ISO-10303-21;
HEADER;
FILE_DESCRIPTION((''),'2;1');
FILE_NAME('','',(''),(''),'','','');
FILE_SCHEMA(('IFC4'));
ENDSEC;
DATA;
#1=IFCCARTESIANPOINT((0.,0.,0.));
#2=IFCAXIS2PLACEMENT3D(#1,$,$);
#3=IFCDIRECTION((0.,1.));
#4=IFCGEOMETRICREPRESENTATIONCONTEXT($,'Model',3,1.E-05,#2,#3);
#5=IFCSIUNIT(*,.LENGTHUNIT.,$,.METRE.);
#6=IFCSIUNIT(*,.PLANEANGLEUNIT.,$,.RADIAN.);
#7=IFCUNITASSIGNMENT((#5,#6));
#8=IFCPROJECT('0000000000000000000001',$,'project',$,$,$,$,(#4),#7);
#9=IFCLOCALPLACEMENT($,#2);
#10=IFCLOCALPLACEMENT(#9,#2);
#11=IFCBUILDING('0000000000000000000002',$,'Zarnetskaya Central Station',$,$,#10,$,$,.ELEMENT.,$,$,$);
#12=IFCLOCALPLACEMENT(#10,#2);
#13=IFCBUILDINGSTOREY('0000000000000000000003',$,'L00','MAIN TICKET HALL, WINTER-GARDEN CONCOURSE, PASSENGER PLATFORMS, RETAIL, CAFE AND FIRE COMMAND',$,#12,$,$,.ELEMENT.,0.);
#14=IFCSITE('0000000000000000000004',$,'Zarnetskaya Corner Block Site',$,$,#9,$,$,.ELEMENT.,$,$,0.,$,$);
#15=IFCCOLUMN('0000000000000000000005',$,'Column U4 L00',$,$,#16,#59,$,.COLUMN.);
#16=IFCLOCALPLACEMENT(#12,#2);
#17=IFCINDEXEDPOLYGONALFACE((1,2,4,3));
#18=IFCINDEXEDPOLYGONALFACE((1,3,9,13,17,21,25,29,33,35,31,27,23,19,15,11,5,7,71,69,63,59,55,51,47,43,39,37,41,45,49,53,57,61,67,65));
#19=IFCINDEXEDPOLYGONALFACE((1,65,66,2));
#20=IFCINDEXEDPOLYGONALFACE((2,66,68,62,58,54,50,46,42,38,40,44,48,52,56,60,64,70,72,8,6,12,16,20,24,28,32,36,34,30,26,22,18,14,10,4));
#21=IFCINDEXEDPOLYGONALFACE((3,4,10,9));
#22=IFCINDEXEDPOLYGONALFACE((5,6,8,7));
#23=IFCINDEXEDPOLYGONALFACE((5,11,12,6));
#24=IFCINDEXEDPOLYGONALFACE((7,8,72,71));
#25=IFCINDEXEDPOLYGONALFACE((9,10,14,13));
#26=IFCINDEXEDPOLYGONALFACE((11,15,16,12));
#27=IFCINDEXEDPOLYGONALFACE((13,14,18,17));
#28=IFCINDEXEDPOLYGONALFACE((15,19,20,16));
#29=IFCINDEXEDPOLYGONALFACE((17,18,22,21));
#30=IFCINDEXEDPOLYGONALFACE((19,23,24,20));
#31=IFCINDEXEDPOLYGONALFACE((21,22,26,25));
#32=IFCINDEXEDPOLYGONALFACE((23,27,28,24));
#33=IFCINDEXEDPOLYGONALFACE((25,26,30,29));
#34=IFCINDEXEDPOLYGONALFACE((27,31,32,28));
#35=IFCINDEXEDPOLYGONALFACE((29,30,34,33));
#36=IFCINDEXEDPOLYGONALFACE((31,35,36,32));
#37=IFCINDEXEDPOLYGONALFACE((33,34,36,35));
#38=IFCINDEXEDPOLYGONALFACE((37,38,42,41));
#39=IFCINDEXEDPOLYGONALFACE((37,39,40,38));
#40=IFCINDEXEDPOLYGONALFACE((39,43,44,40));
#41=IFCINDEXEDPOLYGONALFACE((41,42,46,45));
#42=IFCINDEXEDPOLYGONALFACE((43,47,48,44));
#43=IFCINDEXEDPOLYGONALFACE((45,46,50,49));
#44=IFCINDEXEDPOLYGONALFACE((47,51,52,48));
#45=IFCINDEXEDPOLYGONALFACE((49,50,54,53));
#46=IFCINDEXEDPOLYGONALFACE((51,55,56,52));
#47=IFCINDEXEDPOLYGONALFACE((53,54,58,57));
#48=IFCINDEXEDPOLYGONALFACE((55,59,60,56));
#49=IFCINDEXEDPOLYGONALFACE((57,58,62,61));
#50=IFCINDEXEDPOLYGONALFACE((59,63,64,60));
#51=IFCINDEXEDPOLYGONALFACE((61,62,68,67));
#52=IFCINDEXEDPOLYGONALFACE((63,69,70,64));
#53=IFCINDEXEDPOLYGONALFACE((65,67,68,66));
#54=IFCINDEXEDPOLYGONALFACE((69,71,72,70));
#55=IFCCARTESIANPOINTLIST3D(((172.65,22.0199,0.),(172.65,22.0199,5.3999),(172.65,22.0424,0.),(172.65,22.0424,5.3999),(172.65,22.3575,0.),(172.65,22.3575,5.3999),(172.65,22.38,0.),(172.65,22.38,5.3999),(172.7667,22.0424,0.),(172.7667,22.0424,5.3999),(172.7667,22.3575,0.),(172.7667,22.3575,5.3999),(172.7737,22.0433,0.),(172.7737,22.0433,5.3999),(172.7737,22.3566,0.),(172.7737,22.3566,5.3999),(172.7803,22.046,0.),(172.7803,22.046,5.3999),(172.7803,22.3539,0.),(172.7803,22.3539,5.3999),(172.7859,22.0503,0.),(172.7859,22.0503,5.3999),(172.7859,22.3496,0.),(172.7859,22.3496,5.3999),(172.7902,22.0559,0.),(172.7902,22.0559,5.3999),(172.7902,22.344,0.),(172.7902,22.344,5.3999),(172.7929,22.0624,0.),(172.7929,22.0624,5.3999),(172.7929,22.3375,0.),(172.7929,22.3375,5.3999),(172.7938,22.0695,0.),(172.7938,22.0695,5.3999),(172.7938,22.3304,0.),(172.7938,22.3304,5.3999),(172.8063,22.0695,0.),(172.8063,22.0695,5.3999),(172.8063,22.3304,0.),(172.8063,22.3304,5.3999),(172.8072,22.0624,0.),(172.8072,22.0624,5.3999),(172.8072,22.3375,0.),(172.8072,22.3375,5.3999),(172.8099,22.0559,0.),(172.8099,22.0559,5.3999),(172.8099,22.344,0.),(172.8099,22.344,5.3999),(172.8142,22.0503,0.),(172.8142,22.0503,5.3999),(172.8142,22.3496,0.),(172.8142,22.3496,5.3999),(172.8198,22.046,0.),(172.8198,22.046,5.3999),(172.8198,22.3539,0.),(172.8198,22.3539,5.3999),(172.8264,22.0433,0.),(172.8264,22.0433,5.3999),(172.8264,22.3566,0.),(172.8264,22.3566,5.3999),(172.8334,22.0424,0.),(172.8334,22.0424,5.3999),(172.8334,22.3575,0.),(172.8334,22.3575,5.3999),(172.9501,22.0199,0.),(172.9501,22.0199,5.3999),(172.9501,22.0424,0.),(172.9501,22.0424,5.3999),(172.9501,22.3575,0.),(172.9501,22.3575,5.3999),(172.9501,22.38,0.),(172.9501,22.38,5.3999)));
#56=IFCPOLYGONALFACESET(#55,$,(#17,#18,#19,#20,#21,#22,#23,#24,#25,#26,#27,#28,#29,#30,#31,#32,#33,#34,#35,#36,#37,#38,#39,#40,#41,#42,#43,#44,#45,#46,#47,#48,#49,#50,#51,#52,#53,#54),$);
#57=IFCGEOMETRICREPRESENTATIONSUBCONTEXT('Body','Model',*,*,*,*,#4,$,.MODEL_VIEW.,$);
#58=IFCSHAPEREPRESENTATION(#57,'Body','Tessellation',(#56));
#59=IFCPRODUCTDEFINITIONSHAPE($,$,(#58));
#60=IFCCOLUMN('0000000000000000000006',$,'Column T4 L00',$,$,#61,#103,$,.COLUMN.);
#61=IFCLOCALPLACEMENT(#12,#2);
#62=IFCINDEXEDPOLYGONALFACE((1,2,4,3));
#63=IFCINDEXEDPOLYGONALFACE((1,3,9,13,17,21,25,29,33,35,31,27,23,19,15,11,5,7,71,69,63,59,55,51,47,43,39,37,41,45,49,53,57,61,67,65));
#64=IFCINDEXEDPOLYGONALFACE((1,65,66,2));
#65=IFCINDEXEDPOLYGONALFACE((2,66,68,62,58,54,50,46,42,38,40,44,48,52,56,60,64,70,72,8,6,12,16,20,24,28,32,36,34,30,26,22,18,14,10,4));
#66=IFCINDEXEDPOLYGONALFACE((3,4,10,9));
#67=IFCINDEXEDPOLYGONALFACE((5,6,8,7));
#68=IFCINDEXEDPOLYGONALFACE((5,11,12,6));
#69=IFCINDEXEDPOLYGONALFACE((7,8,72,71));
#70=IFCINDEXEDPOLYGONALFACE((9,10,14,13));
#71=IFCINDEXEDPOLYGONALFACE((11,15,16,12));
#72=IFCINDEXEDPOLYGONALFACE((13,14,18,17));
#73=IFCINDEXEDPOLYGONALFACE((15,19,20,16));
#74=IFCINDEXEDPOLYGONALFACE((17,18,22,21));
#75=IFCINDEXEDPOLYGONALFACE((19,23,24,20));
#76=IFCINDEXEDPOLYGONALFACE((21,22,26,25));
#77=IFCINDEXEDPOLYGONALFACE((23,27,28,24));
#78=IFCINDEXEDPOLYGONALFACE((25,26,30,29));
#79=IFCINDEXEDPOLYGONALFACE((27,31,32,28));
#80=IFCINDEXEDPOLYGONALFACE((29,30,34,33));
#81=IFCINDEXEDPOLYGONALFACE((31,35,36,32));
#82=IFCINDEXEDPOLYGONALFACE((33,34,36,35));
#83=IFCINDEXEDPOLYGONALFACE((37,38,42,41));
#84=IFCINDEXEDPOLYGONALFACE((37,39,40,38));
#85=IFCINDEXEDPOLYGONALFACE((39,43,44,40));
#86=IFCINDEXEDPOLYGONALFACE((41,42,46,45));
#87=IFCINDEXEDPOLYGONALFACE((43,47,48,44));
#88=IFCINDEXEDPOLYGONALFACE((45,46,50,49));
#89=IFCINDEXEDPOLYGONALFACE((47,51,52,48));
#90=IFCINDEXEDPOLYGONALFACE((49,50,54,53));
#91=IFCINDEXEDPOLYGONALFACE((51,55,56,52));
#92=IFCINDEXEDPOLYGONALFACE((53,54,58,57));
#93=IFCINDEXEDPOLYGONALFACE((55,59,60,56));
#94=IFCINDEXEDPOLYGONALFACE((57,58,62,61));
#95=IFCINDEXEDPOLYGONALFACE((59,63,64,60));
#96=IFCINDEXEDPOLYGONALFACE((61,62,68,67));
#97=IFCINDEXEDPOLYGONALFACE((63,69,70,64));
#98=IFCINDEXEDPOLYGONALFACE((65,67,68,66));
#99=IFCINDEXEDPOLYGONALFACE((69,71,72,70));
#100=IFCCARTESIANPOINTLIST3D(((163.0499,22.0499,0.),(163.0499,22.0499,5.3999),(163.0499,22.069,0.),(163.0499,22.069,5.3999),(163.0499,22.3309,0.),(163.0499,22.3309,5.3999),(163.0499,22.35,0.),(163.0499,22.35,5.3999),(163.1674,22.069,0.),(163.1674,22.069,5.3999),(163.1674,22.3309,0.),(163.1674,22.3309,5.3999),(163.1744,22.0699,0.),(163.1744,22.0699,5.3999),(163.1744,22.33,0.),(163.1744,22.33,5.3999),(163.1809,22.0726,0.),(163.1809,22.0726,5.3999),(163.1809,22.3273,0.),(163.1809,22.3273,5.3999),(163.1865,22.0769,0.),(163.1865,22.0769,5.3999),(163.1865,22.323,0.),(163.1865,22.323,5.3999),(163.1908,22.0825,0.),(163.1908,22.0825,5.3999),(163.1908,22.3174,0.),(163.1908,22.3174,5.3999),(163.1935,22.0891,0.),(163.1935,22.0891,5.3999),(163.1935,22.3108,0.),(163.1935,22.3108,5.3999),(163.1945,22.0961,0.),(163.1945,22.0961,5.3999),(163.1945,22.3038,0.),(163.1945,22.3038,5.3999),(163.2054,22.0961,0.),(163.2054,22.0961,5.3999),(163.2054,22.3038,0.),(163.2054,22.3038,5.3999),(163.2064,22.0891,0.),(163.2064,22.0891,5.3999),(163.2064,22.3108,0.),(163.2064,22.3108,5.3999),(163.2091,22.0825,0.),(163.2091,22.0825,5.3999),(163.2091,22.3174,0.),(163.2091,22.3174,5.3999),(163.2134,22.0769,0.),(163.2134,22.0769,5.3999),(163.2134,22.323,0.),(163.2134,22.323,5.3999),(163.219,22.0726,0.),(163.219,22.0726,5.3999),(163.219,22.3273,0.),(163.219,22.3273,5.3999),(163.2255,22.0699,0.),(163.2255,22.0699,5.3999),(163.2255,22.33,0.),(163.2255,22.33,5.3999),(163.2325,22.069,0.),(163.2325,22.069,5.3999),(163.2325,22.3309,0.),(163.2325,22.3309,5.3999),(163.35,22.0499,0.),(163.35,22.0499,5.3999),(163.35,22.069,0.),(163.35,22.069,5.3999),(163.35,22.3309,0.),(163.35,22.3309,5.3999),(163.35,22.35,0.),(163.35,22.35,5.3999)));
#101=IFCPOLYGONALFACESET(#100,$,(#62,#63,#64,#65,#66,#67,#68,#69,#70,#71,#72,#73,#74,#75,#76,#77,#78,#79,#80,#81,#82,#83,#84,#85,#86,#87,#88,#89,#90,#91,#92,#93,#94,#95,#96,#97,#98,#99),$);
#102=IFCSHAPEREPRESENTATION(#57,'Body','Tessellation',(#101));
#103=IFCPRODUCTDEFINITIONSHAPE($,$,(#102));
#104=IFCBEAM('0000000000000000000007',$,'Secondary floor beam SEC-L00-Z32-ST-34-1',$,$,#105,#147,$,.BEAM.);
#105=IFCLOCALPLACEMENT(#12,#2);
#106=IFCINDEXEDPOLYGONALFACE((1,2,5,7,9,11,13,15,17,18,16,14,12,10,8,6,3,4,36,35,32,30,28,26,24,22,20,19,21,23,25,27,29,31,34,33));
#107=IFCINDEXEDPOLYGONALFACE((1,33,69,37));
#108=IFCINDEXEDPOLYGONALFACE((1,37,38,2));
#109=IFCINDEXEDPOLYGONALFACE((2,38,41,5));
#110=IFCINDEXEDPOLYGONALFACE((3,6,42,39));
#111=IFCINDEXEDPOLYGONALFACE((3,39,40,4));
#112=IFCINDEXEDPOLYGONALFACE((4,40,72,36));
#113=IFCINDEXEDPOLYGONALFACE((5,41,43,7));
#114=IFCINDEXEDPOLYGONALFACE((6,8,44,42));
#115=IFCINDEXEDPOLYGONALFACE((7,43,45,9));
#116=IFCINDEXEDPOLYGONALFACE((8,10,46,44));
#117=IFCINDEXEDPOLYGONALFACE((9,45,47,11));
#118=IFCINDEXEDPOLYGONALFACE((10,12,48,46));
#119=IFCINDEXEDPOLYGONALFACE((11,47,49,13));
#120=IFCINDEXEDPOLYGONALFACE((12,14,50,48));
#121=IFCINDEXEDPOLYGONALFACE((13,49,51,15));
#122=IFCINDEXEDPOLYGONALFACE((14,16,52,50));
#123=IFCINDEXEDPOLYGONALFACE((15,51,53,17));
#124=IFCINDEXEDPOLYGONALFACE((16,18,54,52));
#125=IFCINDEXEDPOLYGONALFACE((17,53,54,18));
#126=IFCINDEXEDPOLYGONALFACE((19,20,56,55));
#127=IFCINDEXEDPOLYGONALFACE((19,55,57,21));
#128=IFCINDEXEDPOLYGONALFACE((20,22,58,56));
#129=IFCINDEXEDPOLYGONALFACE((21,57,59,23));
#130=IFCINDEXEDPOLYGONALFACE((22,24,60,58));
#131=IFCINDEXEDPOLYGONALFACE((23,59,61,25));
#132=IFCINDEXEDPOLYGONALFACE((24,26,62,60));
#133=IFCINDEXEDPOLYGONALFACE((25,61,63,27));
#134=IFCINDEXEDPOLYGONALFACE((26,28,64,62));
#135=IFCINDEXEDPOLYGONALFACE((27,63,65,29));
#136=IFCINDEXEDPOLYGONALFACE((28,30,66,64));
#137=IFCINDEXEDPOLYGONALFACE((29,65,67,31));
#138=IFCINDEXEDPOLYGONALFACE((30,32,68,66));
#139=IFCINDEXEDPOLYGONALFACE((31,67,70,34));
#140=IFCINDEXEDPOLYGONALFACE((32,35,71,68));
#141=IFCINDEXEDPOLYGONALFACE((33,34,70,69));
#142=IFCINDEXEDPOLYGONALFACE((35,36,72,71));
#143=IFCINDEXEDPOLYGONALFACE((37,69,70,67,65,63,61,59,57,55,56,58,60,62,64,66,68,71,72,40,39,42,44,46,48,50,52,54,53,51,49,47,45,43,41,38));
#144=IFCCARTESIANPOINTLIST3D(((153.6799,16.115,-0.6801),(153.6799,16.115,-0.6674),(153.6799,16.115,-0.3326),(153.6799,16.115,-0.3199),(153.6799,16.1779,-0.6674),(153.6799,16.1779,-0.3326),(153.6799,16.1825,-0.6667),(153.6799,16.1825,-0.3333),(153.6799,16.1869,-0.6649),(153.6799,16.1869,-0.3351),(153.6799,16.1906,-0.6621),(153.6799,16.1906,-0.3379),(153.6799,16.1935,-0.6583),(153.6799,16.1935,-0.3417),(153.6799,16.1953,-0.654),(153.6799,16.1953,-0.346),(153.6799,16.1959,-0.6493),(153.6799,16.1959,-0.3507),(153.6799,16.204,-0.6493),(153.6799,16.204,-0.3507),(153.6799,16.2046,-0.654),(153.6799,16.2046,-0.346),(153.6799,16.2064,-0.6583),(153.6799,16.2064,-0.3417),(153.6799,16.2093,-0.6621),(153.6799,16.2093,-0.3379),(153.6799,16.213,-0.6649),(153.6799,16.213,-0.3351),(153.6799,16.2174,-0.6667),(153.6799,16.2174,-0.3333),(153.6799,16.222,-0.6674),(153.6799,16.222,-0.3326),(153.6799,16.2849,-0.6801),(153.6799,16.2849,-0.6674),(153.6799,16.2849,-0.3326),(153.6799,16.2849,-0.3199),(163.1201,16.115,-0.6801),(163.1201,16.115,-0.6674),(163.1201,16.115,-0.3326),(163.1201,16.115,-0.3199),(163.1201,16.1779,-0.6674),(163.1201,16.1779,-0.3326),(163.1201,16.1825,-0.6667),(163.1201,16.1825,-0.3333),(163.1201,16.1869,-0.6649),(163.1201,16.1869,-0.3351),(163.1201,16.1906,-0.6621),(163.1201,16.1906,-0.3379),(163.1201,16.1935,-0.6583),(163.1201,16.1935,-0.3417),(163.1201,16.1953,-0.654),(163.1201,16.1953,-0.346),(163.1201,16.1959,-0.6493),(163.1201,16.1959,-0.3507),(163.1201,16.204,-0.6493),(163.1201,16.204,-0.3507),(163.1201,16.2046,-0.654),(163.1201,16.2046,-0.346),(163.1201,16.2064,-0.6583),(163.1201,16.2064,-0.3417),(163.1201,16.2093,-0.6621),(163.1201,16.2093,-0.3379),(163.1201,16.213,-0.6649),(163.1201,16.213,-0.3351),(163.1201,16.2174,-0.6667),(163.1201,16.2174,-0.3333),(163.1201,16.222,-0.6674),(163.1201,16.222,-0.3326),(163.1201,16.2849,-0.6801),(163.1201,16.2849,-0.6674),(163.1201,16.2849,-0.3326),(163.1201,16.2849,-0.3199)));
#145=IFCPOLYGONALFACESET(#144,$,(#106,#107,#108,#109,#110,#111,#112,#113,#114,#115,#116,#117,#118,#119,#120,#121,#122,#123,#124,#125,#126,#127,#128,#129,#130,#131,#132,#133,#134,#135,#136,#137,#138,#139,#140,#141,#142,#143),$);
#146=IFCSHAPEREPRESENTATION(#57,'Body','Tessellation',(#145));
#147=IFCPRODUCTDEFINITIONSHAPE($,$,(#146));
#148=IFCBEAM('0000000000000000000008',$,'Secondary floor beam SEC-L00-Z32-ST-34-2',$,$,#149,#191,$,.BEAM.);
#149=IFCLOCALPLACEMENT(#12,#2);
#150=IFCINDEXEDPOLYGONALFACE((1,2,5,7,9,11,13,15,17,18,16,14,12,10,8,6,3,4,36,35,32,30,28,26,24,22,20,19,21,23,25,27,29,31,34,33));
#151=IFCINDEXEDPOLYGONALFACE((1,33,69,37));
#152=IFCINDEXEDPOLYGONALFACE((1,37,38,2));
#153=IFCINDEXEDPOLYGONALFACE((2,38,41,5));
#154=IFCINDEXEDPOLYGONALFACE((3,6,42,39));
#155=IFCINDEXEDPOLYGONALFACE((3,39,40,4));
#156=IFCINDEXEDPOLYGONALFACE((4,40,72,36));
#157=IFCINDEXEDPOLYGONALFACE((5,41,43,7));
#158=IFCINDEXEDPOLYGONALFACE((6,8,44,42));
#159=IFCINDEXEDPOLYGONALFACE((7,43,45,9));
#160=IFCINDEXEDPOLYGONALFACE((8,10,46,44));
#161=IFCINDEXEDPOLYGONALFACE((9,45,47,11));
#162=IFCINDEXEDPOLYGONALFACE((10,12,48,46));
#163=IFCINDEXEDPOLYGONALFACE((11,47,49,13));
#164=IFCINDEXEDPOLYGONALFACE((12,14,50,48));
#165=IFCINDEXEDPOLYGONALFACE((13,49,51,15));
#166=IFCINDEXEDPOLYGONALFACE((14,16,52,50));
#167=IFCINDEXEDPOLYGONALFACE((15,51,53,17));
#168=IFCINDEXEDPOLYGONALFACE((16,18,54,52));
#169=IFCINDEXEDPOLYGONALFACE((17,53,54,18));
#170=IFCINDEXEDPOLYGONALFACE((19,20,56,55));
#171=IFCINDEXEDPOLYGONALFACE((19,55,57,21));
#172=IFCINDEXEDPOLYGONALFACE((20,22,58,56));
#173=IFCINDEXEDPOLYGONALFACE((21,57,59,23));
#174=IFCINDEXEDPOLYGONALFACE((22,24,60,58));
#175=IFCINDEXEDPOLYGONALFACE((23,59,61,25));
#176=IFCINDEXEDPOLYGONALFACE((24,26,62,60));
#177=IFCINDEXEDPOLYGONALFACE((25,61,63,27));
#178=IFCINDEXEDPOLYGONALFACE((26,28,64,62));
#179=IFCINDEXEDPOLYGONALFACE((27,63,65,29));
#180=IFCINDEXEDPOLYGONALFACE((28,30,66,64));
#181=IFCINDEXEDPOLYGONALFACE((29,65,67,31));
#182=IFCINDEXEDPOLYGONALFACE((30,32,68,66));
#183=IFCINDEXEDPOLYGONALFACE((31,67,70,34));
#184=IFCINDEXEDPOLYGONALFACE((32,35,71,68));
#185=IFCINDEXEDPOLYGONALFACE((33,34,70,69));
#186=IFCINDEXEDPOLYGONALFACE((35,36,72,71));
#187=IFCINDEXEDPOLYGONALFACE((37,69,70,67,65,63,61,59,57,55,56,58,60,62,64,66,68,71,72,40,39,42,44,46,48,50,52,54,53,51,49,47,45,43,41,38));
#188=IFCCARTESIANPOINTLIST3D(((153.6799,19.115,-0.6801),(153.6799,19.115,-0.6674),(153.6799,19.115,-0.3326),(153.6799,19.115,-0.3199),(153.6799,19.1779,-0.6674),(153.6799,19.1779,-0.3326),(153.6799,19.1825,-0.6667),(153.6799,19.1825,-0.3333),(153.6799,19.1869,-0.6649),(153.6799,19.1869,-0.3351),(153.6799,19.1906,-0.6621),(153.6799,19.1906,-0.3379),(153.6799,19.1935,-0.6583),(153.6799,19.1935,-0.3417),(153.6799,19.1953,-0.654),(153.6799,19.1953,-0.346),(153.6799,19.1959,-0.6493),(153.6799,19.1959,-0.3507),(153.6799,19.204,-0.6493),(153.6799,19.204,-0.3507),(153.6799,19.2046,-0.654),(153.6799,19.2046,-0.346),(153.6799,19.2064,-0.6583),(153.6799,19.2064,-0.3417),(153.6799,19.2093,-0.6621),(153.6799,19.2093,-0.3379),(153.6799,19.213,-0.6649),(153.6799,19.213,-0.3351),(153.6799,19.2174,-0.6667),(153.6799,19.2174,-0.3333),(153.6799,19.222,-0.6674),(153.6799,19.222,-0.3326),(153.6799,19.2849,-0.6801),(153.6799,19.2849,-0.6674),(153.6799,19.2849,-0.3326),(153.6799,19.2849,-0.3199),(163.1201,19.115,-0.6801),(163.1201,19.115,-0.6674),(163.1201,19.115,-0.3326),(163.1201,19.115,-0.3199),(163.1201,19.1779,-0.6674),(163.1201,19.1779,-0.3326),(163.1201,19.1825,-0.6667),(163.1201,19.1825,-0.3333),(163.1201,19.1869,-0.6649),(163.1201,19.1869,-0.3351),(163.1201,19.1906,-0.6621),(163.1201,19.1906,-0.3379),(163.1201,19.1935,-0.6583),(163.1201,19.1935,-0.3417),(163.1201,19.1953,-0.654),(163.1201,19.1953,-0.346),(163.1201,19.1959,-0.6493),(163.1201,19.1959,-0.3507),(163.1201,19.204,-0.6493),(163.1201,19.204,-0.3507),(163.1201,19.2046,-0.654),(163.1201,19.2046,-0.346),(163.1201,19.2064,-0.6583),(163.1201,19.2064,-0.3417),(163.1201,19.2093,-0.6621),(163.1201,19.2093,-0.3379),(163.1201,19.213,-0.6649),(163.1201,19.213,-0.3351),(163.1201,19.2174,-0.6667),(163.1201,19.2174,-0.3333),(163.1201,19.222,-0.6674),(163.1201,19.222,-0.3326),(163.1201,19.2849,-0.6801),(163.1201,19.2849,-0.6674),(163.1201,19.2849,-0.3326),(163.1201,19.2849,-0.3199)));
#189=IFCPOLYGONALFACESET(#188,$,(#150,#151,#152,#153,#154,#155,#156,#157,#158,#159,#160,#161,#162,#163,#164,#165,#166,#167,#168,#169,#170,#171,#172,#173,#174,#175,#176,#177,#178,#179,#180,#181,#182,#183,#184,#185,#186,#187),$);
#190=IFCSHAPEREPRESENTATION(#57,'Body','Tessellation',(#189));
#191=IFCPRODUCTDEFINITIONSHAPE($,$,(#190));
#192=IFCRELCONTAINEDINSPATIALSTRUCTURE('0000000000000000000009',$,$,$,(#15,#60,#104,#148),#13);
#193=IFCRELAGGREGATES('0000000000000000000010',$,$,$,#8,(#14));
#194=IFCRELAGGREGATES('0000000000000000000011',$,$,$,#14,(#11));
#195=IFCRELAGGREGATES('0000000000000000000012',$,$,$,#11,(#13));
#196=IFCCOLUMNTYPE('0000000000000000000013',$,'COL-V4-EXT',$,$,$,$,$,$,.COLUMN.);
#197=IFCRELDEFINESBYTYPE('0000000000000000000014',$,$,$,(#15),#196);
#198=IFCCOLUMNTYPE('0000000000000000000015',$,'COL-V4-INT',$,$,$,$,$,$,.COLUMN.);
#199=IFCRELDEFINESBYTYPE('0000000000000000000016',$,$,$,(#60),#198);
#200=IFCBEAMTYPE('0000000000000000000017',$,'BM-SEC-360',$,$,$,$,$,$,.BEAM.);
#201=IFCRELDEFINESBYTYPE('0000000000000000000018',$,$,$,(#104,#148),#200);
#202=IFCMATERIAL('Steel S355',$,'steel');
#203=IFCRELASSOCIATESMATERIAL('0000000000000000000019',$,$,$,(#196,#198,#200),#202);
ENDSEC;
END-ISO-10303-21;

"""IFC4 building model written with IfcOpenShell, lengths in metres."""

from ifc_helpers import new_model, si_unit, direction, frame, origin, origin_2d, place, context, subcontext, project, spatial, i_section, extrude, material, material_profile, profile_set, type_object, element, save


model = new_model("IFC4")

# Units and contexts
model_context = context("Model", 3, precision=1e-05, world=origin(), true_north=direction((0.0, 1.0)))
body_context = subcontext(model_context, "Body", "Model", "MODEL_VIEW")
ifc_project = project(units=[si_unit("LENGTHUNIT", "METRE"), si_unit("PLANEANGLEUNIT", "RADIAN")], contexts=[model_context])

# Site, building, storey
site_placement = place(None, origin())
site = spatial("IfcSite", under=ifc_project, at=site_placement, Name="Zarnetskaya Corner Block Site", CompositionType="ELEMENT", RefElevation=0.0)
building_placement = place(site_placement, origin())
building = spatial("IfcBuilding", under=site, at=building_placement, Name="Zarnetskaya Central Station", CompositionType="ELEMENT")
storey_placement = place(building_placement, origin())
storey = spatial("IfcBuildingStorey", under=building, at=storey_placement, Name="L00", Description="MAIN TICKET HALL, WINTER-GARDEN CONCOURSE, PASSENGER PLATFORMS, RETAIL, CAFE AND FIRE COMMAND", CompositionType="ELEMENT", Elevation=0.0)

# Columns
ifc_material_1 = material(Name="Steel S355", Category="steel")
ifc_material_profile_1 = material_profile(ifc_material_1, i_section(OverallWidth=0.3, OverallDepth=0.3601, WebThickness=0.0125, FlangeThickness=0.0225, FilletRadius=0.0271, at=origin_2d()), Name="HEB 360")
ifc_profile_set_1 = profile_set([ifc_material_profile_1], Name="Steel S355")
column_type_1 = type_object("IfcColumnType", Name="COL-V4-EXT", PredefinedType="COLUMN", material=ifc_profile_set_1)
column_1_placement = place(storey_placement, frame((172.8, 22.2, 0.0), z_axis=(0.0, 0.0, 1.0), x_axis=(1.0, 0.0, 0.0)))
element("IfcColumn", 1, at=column_1_placement, inside=storey, type_object=column_type_1, Name="Column U4 L00", PredefinedType="COLUMN", context=body_context, shape_type="SweptSolid", body=[
    extrude(i_section(OverallWidth=0.3, OverallDepth=0.3601, WebThickness=0.0125, FlangeThickness=0.0225, FilletRadius=0.0271, at=origin_2d()), origin(), (0.0, 0.0, 1.0), 5.3999),
])
ifc_material_profile_2 = material_profile(ifc_material_1, i_section(OverallWidth=0.3, OverallDepth=0.3, WebThickness=0.011, FlangeThickness=0.019, FilletRadius=0.0271, at=origin_2d()), Name="HEB 300")
ifc_profile_set_2 = profile_set([ifc_material_profile_2], Name="Steel S355")
column_type_2 = type_object("IfcColumnType", Name="COL-V4-INT", PredefinedType="COLUMN", material=ifc_profile_set_2)
column_2_placement = place(storey_placement, frame((163.2, 22.2, 0.0), z_axis=(0.0, 0.0, 1.0), x_axis=(1.0, 0.0, 0.0)))
element("IfcColumn", 2, at=column_2_placement, inside=storey, type_object=column_type_2, Name="Column T4 L00", PredefinedType="COLUMN", context=body_context, shape_type="SweptSolid", body=[
    extrude(i_section(OverallWidth=0.3, OverallDepth=0.3, WebThickness=0.011, FlangeThickness=0.019, FilletRadius=0.0271, at=origin_2d()), origin(), (0.0, 0.0, 1.0), 5.3999),
])

# Beams
ifc_material_profile_3 = material_profile(ifc_material_1, i_section(OverallWidth=0.1699, OverallDepth=0.3601, WebThickness=0.0081, FlangeThickness=0.0127, FilletRadius=0.0181, at=origin_2d()), Name="IPE 360")
ifc_profile_set_3 = profile_set([ifc_material_profile_3], Name="Steel S355")
beam_type_1 = type_object("IfcBeamType", Name="BM-SEC-360", PredefinedType="BEAM", material=ifc_profile_set_3)
for number, where, z_axis, x_axis, name in (
    (3, (153.6799, 16.2, -0.5), (1.0, 0.0, 0.0), (0.0, 1.0, 0.0), "Secondary floor beam SEC-L00-Z32-ST-34-1"),
    (4, (153.6799, 19.2, -0.5), (1.0, 0.0, 0.0), (0.0, 1.0, 0.0), "Secondary floor beam SEC-L00-Z32-ST-34-2"),
):
    element("IfcBeam", number, at=place(storey_placement, frame(where, z_axis=z_axis, x_axis=x_axis)), inside=storey, type_object=beam_type_1, Name=name, PredefinedType="BEAM", context=body_context, shape_type="SweptSolid", body=[
        extrude(i_section(OverallWidth=0.1699, OverallDepth=0.3601, WebThickness=0.0081, FlangeThickness=0.0127, FilletRadius=0.0181, at=origin_2d()), origin(), (0.0, 0.0, 1.0), 9.4402),
    ])

save(model, "model.ifc")
